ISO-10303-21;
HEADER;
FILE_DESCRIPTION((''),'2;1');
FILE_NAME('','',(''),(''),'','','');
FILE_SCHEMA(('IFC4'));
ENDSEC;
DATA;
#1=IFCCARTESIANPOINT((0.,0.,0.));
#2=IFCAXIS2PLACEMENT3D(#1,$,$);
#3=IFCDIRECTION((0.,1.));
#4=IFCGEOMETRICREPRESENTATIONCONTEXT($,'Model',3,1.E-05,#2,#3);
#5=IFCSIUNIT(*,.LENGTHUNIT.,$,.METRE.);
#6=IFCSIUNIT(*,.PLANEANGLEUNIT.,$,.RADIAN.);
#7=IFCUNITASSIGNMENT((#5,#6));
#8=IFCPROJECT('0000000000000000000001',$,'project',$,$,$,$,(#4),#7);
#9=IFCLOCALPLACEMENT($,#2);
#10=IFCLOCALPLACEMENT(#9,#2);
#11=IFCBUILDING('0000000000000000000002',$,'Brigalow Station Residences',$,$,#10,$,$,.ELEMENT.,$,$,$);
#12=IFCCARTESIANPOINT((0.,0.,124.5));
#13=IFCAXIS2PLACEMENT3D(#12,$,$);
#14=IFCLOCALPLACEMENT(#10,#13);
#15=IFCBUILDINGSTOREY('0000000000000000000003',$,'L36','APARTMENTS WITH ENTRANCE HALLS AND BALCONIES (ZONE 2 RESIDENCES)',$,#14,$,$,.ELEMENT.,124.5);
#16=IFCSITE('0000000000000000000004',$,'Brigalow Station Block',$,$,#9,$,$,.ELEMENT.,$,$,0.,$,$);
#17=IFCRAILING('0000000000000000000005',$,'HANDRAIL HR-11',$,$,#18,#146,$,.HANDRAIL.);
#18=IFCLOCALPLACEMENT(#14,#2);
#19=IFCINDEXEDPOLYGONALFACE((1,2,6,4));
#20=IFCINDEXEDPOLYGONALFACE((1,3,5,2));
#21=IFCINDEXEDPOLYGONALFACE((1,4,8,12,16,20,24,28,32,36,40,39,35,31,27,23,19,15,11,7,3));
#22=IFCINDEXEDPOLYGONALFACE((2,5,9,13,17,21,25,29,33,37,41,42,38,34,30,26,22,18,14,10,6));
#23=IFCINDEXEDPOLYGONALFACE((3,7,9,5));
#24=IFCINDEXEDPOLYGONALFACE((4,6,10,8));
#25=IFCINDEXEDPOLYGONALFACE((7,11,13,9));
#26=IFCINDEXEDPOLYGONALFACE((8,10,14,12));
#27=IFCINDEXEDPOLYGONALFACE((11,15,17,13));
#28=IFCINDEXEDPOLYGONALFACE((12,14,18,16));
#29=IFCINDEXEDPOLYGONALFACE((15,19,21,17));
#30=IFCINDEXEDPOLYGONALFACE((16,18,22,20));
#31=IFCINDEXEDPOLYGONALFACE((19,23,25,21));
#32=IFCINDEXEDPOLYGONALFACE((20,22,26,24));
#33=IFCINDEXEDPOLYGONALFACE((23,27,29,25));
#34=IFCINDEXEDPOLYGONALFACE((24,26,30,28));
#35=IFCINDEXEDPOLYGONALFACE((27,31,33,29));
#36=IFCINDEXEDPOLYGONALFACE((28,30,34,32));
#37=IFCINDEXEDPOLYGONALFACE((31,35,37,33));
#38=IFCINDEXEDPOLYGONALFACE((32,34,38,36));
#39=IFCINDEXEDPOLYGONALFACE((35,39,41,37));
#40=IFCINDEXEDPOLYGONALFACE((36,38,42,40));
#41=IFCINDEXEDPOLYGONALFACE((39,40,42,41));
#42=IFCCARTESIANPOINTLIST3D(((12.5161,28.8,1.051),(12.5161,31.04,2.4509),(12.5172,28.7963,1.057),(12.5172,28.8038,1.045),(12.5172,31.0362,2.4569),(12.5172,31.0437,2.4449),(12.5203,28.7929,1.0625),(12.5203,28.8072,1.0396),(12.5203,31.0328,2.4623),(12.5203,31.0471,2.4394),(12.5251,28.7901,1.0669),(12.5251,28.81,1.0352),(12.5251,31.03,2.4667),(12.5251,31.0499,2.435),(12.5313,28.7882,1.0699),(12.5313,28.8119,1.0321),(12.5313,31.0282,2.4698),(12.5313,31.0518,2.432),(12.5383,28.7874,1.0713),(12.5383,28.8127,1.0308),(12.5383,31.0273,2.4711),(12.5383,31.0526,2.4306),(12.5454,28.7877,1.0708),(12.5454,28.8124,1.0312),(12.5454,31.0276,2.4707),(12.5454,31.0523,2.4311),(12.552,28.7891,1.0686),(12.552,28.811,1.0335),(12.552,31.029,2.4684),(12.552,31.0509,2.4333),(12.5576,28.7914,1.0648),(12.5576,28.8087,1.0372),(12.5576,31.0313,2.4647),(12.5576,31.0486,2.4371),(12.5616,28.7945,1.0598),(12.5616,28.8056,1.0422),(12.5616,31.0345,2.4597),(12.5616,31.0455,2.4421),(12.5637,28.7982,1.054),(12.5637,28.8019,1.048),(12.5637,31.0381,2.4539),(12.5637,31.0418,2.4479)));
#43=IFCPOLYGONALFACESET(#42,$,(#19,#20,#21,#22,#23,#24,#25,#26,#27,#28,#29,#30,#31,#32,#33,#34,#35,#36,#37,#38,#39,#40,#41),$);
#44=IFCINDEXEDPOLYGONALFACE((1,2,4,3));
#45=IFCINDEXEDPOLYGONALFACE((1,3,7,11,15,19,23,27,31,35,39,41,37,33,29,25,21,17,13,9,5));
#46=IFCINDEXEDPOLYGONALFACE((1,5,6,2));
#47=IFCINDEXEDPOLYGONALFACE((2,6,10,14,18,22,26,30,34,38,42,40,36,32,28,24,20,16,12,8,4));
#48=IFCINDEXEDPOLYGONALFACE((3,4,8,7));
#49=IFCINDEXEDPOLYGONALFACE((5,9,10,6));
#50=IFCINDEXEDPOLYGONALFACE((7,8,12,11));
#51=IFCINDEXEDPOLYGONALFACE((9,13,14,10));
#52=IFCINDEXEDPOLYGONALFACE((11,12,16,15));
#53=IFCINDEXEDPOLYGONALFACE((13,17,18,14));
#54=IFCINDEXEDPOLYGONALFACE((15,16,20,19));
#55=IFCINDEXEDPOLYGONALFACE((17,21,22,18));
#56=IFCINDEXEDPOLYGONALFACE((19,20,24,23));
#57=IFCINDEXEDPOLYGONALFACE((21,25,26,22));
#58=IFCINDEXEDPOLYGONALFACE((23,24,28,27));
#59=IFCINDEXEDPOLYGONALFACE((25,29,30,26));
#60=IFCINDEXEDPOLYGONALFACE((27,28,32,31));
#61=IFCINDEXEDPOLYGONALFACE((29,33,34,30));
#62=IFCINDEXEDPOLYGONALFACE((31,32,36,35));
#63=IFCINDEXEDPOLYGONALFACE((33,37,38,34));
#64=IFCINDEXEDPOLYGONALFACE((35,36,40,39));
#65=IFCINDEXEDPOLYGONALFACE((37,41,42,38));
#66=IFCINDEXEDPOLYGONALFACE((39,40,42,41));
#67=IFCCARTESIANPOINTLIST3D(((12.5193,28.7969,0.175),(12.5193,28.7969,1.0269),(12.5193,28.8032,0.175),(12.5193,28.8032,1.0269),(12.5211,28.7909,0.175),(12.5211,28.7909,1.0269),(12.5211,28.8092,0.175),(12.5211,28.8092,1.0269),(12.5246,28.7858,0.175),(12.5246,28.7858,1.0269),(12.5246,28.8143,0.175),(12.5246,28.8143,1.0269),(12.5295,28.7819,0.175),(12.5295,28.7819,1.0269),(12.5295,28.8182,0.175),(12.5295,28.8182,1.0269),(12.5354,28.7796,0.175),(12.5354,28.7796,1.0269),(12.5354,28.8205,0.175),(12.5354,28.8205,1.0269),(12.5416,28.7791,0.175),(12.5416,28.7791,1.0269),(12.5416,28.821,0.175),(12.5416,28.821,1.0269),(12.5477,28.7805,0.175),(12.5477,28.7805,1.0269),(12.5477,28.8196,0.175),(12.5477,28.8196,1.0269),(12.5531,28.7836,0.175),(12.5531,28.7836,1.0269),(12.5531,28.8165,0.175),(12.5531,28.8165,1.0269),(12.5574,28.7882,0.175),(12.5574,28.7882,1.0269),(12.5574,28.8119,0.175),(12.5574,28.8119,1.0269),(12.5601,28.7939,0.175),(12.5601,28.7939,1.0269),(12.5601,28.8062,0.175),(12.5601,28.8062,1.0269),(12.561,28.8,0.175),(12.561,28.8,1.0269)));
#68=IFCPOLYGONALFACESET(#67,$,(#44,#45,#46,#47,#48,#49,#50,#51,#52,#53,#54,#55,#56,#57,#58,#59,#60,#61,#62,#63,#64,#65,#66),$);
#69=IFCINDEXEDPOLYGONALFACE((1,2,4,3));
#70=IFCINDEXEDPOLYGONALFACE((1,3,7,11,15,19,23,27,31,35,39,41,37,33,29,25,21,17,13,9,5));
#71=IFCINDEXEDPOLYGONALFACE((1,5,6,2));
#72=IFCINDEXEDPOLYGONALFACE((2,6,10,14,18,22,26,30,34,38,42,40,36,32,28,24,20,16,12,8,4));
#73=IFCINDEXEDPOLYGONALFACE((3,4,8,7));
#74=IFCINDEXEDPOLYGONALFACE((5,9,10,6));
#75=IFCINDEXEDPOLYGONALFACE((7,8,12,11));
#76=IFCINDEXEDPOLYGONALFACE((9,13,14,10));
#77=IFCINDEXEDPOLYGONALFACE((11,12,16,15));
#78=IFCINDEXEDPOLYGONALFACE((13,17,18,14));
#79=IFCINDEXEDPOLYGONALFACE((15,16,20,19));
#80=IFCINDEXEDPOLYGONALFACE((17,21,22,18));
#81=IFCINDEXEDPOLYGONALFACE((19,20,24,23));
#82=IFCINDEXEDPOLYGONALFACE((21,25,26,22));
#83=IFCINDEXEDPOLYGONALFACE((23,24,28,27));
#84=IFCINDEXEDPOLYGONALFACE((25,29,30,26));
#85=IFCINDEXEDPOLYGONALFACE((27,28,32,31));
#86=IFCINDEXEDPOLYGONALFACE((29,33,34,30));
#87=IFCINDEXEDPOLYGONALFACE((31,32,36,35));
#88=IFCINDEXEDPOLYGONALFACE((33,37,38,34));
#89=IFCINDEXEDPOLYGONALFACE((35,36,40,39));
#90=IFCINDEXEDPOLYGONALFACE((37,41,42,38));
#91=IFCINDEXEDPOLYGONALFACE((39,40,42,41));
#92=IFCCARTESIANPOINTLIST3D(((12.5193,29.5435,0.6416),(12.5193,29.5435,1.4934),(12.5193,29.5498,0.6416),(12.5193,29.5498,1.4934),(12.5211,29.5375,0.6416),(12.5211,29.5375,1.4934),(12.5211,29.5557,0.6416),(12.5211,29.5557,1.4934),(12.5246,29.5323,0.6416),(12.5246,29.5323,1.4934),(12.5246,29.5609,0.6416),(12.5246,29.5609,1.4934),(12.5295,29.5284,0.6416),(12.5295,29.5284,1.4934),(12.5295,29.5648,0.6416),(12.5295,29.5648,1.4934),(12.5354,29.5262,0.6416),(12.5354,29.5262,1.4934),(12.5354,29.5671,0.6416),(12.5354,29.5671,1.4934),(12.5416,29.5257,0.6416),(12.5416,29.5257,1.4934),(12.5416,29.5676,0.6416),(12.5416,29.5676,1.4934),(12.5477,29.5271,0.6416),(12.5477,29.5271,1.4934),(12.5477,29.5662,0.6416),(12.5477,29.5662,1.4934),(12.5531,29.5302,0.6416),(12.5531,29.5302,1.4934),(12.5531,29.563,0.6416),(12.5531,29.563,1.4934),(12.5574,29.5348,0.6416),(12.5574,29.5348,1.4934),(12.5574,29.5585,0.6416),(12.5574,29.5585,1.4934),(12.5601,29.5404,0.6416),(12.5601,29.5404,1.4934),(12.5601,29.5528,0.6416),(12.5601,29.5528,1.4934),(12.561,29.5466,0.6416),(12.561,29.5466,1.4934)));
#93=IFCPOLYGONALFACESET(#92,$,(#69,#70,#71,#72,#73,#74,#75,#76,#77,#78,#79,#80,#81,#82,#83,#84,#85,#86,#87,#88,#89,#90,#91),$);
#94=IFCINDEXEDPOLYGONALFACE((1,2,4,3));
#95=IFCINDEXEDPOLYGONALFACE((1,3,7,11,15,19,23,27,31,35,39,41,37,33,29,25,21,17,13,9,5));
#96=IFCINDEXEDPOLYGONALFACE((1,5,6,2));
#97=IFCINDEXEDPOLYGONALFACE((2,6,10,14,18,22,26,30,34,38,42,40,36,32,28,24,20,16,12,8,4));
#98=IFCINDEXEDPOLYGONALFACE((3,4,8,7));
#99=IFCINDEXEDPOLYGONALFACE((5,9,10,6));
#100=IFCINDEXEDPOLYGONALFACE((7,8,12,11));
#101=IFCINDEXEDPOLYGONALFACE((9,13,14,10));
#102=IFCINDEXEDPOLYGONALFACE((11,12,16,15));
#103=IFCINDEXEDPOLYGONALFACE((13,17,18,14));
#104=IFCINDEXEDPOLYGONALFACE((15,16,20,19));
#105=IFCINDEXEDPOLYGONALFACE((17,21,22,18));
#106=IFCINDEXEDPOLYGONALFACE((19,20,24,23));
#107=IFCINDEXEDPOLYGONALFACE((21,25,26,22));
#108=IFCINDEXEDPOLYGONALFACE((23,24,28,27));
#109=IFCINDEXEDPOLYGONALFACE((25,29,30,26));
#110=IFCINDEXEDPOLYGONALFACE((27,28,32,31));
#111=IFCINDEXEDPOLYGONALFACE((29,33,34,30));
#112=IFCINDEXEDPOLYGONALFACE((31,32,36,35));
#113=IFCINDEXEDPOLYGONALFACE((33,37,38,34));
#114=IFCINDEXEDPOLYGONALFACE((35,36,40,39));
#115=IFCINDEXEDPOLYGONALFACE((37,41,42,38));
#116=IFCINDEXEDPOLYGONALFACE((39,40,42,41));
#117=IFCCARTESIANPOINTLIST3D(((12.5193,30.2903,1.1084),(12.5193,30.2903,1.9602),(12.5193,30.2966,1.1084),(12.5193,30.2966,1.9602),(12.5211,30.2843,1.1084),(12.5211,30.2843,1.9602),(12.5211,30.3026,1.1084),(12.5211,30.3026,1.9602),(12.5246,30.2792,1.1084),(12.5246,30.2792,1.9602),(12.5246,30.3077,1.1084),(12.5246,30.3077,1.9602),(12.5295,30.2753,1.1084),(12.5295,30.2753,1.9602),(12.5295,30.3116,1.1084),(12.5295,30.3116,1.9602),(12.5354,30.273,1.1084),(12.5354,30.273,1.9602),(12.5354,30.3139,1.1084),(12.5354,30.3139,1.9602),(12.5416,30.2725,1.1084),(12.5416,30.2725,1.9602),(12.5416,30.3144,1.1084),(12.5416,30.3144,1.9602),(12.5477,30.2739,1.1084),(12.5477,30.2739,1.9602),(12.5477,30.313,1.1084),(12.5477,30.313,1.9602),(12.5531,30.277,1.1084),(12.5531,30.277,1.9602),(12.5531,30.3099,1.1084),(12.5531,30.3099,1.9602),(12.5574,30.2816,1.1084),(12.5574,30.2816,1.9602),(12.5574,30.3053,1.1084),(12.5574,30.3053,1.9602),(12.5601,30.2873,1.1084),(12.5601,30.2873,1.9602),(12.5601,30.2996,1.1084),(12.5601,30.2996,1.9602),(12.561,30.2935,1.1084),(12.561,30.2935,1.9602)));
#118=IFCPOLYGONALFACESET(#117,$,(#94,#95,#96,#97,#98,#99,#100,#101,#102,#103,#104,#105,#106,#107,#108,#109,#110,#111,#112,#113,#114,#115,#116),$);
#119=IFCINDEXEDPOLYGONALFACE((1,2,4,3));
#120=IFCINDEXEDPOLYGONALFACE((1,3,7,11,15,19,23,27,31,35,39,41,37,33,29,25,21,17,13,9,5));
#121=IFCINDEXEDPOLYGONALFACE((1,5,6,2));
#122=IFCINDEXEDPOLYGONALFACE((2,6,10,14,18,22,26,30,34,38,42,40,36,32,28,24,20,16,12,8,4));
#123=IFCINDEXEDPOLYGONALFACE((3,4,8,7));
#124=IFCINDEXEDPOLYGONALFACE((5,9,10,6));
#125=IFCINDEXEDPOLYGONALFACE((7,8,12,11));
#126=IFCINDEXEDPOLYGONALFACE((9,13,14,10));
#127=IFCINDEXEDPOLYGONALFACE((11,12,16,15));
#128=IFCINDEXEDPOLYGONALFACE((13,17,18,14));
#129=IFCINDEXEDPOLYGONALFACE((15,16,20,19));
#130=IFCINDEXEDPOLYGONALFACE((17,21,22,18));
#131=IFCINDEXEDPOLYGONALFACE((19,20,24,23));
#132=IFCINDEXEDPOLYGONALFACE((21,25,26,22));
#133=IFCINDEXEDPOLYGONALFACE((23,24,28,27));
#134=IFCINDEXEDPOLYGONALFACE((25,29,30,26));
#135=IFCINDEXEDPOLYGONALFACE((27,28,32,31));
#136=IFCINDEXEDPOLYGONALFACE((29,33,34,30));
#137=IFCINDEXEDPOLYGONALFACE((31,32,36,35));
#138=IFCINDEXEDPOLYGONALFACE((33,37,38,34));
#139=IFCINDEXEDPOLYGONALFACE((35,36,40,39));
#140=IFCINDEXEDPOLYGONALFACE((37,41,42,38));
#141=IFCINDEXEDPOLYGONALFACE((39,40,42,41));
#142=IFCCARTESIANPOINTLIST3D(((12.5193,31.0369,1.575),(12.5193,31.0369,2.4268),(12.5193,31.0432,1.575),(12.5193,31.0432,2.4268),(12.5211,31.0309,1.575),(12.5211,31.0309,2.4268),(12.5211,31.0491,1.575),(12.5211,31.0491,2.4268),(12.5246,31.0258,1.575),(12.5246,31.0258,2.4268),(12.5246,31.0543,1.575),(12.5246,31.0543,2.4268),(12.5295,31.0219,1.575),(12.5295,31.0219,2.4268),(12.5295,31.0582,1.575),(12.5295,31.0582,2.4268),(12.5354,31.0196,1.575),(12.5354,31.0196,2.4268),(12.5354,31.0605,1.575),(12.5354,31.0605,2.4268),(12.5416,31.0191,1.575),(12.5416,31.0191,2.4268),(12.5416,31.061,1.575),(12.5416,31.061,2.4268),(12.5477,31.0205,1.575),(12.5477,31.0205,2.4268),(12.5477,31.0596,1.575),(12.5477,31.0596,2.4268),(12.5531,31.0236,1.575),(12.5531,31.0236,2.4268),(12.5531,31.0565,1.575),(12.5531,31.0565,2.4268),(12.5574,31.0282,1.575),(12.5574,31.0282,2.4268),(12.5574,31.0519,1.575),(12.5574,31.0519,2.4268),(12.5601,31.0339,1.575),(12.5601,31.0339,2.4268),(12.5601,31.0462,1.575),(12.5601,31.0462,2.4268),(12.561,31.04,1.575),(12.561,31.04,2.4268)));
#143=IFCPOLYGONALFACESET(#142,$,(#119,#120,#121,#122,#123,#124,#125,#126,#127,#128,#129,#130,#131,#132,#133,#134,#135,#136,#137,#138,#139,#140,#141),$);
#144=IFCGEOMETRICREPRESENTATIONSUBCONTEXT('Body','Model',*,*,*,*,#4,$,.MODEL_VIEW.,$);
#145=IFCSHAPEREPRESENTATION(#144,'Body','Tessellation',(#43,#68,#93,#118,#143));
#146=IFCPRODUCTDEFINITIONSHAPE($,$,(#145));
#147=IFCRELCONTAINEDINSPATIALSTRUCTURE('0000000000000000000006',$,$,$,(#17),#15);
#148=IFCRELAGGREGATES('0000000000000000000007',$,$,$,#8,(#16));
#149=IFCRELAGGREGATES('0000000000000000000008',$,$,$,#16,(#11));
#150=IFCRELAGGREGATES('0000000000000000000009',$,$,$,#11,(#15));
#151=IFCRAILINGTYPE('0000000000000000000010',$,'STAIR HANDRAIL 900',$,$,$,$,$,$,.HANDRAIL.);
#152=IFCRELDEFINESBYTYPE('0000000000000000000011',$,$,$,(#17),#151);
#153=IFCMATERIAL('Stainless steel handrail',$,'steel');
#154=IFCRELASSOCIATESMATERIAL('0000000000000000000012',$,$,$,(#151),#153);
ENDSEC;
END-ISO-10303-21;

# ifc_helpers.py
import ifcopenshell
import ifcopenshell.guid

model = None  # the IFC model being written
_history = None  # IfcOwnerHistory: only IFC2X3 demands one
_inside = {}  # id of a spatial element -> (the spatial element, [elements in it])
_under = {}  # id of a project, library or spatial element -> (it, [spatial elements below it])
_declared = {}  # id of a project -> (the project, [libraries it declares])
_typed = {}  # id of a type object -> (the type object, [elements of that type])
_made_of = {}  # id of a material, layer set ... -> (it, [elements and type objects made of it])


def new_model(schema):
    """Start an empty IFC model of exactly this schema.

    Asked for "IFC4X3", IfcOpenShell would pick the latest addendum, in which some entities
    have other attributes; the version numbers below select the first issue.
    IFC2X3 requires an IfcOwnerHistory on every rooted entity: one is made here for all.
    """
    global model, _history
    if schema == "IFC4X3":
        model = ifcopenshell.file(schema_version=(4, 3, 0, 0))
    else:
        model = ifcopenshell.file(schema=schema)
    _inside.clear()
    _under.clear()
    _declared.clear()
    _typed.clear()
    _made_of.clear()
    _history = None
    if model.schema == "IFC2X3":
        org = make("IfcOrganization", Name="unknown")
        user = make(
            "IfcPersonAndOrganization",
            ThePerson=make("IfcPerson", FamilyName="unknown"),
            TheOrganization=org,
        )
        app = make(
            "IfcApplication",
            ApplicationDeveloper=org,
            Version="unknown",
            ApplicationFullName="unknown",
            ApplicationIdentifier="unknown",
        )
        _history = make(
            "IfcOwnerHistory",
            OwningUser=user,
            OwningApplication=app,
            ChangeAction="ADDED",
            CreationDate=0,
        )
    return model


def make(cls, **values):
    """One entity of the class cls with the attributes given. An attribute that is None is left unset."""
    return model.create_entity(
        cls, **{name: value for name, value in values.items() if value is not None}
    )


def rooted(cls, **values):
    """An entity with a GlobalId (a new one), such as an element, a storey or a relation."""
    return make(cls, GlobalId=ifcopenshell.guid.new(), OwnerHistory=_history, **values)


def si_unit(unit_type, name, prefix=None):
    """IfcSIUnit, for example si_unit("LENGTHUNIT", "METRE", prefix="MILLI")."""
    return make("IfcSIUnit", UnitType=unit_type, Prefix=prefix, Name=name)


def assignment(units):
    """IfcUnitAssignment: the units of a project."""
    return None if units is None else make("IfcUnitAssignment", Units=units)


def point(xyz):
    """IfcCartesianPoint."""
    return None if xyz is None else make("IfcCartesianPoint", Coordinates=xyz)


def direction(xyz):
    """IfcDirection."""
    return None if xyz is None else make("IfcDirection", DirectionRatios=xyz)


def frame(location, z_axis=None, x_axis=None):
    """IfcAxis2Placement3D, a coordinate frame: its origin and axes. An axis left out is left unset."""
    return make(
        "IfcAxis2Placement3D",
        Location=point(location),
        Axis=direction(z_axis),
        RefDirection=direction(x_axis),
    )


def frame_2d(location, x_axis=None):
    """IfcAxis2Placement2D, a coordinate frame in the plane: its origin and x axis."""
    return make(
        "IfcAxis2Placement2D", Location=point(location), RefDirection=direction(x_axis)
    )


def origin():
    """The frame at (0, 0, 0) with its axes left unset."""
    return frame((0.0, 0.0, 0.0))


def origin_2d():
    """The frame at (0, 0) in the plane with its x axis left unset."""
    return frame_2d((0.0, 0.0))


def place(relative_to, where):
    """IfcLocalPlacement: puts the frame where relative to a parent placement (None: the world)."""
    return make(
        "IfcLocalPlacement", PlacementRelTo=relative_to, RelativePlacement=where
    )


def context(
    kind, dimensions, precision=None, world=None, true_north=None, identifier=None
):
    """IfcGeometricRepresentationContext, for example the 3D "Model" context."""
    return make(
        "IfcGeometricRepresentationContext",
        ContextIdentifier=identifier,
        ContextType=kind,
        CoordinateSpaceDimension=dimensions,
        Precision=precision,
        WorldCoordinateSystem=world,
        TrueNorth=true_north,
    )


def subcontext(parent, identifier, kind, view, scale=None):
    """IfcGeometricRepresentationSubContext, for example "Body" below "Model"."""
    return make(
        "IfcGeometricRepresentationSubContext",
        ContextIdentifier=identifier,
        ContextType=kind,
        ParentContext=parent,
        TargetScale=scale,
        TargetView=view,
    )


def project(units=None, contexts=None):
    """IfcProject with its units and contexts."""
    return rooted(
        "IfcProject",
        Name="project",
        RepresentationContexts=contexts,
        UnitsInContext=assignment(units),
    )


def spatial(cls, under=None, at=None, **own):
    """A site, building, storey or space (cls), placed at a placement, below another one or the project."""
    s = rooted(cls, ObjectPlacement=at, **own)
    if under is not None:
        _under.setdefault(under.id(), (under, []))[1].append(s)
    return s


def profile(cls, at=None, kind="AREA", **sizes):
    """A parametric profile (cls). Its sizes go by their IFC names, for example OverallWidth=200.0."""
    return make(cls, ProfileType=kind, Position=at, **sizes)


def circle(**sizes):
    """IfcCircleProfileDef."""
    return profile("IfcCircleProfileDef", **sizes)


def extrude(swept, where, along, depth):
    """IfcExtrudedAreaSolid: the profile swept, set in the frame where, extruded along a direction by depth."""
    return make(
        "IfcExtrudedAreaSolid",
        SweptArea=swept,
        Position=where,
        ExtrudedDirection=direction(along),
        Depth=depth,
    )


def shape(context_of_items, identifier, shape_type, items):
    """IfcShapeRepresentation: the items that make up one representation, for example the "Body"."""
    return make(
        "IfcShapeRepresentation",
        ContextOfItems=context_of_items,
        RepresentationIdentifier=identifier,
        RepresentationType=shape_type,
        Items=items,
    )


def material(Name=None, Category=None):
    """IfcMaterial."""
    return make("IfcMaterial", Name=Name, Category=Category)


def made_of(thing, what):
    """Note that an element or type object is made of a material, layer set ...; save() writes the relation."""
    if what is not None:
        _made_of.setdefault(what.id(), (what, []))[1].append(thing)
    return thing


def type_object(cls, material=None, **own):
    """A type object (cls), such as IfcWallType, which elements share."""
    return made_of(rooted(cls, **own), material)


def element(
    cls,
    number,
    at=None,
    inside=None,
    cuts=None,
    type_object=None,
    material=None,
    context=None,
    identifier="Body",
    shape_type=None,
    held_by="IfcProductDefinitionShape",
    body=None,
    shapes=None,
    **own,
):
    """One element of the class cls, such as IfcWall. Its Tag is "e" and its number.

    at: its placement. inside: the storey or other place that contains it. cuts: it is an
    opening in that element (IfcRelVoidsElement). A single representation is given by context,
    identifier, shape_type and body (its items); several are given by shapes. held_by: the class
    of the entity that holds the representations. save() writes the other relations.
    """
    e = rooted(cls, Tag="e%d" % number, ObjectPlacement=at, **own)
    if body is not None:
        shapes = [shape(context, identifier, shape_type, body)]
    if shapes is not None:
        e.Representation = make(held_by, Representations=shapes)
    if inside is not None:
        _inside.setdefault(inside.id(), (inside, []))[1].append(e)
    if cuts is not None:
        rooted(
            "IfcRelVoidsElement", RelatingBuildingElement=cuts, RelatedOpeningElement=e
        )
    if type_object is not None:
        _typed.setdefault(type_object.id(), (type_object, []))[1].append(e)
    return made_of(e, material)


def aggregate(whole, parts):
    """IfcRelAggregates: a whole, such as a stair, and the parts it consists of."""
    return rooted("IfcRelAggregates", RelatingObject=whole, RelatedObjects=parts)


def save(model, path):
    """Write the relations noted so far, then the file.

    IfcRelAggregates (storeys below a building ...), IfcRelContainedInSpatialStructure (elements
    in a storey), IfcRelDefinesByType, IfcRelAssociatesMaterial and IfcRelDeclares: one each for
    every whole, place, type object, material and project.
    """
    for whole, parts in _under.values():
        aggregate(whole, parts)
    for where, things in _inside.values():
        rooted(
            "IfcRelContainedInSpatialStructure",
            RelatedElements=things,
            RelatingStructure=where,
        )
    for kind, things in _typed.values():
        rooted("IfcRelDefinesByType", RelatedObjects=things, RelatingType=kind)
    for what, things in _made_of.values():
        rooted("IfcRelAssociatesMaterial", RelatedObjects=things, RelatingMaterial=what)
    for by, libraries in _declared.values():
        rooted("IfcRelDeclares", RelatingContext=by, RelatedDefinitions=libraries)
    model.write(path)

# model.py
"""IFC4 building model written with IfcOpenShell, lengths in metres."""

from ifc_helpers import new_model, si_unit, direction, frame, origin, origin_2d, place, context, subcontext, project, spatial, circle, extrude, material, type_object, element, save


model = new_model("IFC4")

# Units and contexts
model_context = context("Model", 3, precision=1e-05, world=origin(), true_north=direction((0.0, 1.0)))
body_context = subcontext(model_context, "Body", "Model", "MODEL_VIEW")
ifc_project = project(units=[si_unit("LENGTHUNIT", "METRE"), si_unit("PLANEANGLEUNIT", "RADIAN")], contexts=[model_context])

# Site, building, storey
site_placement = place(None, origin())
site = spatial("IfcSite", under=ifc_project, at=site_placement, Name="Brigalow Station Block", CompositionType="ELEMENT", RefElevation=0.0)
building_placement = place(site_placement, origin())
building = spatial("IfcBuilding", under=site, at=building_placement, Name="Brigalow Station Residences", CompositionType="ELEMENT")
storey_placement = place(building_placement, frame((0.0, 0.0, 124.5)))
storey = spatial("IfcBuildingStorey", under=building, at=storey_placement, Name="L36", Description="APARTMENTS WITH ENTRANCE HALLS AND BALCONIES (ZONE 2 RESIDENCES)", CompositionType="ELEMENT", Elevation=124.5)

# Railing
ifc_material_1 = material(Name="Stainless steel handrail", Category="steel")
railing_type_1 = type_object("IfcRailingType", Name="STAIR HANDRAIL 900", PredefinedType="HANDRAIL", material=ifc_material_1)
railing_1_placement = place(storey_placement, frame((12.54, 28.8, 0.175)))
element("IfcRailing", 1, at=railing_1_placement, inside=storey, type_object=railing_type_1, Name="HANDRAIL HR-11", PredefinedType="HANDRAIL", context=body_context, shape_type="SweptSolid", body=[
    extrude(circle(Radius=0.0239, at=origin_2d()), frame((0.0, 0.0, 0.876), z_axis=(0.0, 0.848014, 0.529974), x_axis=(-1.0, 0.0, 0.0)), (0.0, 0.0, 1.0), 2.6414),
    extrude(circle(Radius=0.021, at=origin_2d()), origin(), (0.0, 0.0, 1.0), 0.8518),
    extrude(circle(Radius=0.021, at=origin_2d()), frame((0.0, 0.7466, 0.4666)), (0.0, 0.0, 1.0), 0.8518),
    extrude(circle(Radius=0.021, at=origin_2d()), frame((0.0, 1.4934, 0.9333)), (0.0, 0.0, 1.0), 0.8518),
    extrude(circle(Radius=0.021, at=origin_2d()), frame((0.0, 2.24, 1.3999)), (0.0, 0.0, 1.0), 0.8518),
])

save(model, "model.ifc")
